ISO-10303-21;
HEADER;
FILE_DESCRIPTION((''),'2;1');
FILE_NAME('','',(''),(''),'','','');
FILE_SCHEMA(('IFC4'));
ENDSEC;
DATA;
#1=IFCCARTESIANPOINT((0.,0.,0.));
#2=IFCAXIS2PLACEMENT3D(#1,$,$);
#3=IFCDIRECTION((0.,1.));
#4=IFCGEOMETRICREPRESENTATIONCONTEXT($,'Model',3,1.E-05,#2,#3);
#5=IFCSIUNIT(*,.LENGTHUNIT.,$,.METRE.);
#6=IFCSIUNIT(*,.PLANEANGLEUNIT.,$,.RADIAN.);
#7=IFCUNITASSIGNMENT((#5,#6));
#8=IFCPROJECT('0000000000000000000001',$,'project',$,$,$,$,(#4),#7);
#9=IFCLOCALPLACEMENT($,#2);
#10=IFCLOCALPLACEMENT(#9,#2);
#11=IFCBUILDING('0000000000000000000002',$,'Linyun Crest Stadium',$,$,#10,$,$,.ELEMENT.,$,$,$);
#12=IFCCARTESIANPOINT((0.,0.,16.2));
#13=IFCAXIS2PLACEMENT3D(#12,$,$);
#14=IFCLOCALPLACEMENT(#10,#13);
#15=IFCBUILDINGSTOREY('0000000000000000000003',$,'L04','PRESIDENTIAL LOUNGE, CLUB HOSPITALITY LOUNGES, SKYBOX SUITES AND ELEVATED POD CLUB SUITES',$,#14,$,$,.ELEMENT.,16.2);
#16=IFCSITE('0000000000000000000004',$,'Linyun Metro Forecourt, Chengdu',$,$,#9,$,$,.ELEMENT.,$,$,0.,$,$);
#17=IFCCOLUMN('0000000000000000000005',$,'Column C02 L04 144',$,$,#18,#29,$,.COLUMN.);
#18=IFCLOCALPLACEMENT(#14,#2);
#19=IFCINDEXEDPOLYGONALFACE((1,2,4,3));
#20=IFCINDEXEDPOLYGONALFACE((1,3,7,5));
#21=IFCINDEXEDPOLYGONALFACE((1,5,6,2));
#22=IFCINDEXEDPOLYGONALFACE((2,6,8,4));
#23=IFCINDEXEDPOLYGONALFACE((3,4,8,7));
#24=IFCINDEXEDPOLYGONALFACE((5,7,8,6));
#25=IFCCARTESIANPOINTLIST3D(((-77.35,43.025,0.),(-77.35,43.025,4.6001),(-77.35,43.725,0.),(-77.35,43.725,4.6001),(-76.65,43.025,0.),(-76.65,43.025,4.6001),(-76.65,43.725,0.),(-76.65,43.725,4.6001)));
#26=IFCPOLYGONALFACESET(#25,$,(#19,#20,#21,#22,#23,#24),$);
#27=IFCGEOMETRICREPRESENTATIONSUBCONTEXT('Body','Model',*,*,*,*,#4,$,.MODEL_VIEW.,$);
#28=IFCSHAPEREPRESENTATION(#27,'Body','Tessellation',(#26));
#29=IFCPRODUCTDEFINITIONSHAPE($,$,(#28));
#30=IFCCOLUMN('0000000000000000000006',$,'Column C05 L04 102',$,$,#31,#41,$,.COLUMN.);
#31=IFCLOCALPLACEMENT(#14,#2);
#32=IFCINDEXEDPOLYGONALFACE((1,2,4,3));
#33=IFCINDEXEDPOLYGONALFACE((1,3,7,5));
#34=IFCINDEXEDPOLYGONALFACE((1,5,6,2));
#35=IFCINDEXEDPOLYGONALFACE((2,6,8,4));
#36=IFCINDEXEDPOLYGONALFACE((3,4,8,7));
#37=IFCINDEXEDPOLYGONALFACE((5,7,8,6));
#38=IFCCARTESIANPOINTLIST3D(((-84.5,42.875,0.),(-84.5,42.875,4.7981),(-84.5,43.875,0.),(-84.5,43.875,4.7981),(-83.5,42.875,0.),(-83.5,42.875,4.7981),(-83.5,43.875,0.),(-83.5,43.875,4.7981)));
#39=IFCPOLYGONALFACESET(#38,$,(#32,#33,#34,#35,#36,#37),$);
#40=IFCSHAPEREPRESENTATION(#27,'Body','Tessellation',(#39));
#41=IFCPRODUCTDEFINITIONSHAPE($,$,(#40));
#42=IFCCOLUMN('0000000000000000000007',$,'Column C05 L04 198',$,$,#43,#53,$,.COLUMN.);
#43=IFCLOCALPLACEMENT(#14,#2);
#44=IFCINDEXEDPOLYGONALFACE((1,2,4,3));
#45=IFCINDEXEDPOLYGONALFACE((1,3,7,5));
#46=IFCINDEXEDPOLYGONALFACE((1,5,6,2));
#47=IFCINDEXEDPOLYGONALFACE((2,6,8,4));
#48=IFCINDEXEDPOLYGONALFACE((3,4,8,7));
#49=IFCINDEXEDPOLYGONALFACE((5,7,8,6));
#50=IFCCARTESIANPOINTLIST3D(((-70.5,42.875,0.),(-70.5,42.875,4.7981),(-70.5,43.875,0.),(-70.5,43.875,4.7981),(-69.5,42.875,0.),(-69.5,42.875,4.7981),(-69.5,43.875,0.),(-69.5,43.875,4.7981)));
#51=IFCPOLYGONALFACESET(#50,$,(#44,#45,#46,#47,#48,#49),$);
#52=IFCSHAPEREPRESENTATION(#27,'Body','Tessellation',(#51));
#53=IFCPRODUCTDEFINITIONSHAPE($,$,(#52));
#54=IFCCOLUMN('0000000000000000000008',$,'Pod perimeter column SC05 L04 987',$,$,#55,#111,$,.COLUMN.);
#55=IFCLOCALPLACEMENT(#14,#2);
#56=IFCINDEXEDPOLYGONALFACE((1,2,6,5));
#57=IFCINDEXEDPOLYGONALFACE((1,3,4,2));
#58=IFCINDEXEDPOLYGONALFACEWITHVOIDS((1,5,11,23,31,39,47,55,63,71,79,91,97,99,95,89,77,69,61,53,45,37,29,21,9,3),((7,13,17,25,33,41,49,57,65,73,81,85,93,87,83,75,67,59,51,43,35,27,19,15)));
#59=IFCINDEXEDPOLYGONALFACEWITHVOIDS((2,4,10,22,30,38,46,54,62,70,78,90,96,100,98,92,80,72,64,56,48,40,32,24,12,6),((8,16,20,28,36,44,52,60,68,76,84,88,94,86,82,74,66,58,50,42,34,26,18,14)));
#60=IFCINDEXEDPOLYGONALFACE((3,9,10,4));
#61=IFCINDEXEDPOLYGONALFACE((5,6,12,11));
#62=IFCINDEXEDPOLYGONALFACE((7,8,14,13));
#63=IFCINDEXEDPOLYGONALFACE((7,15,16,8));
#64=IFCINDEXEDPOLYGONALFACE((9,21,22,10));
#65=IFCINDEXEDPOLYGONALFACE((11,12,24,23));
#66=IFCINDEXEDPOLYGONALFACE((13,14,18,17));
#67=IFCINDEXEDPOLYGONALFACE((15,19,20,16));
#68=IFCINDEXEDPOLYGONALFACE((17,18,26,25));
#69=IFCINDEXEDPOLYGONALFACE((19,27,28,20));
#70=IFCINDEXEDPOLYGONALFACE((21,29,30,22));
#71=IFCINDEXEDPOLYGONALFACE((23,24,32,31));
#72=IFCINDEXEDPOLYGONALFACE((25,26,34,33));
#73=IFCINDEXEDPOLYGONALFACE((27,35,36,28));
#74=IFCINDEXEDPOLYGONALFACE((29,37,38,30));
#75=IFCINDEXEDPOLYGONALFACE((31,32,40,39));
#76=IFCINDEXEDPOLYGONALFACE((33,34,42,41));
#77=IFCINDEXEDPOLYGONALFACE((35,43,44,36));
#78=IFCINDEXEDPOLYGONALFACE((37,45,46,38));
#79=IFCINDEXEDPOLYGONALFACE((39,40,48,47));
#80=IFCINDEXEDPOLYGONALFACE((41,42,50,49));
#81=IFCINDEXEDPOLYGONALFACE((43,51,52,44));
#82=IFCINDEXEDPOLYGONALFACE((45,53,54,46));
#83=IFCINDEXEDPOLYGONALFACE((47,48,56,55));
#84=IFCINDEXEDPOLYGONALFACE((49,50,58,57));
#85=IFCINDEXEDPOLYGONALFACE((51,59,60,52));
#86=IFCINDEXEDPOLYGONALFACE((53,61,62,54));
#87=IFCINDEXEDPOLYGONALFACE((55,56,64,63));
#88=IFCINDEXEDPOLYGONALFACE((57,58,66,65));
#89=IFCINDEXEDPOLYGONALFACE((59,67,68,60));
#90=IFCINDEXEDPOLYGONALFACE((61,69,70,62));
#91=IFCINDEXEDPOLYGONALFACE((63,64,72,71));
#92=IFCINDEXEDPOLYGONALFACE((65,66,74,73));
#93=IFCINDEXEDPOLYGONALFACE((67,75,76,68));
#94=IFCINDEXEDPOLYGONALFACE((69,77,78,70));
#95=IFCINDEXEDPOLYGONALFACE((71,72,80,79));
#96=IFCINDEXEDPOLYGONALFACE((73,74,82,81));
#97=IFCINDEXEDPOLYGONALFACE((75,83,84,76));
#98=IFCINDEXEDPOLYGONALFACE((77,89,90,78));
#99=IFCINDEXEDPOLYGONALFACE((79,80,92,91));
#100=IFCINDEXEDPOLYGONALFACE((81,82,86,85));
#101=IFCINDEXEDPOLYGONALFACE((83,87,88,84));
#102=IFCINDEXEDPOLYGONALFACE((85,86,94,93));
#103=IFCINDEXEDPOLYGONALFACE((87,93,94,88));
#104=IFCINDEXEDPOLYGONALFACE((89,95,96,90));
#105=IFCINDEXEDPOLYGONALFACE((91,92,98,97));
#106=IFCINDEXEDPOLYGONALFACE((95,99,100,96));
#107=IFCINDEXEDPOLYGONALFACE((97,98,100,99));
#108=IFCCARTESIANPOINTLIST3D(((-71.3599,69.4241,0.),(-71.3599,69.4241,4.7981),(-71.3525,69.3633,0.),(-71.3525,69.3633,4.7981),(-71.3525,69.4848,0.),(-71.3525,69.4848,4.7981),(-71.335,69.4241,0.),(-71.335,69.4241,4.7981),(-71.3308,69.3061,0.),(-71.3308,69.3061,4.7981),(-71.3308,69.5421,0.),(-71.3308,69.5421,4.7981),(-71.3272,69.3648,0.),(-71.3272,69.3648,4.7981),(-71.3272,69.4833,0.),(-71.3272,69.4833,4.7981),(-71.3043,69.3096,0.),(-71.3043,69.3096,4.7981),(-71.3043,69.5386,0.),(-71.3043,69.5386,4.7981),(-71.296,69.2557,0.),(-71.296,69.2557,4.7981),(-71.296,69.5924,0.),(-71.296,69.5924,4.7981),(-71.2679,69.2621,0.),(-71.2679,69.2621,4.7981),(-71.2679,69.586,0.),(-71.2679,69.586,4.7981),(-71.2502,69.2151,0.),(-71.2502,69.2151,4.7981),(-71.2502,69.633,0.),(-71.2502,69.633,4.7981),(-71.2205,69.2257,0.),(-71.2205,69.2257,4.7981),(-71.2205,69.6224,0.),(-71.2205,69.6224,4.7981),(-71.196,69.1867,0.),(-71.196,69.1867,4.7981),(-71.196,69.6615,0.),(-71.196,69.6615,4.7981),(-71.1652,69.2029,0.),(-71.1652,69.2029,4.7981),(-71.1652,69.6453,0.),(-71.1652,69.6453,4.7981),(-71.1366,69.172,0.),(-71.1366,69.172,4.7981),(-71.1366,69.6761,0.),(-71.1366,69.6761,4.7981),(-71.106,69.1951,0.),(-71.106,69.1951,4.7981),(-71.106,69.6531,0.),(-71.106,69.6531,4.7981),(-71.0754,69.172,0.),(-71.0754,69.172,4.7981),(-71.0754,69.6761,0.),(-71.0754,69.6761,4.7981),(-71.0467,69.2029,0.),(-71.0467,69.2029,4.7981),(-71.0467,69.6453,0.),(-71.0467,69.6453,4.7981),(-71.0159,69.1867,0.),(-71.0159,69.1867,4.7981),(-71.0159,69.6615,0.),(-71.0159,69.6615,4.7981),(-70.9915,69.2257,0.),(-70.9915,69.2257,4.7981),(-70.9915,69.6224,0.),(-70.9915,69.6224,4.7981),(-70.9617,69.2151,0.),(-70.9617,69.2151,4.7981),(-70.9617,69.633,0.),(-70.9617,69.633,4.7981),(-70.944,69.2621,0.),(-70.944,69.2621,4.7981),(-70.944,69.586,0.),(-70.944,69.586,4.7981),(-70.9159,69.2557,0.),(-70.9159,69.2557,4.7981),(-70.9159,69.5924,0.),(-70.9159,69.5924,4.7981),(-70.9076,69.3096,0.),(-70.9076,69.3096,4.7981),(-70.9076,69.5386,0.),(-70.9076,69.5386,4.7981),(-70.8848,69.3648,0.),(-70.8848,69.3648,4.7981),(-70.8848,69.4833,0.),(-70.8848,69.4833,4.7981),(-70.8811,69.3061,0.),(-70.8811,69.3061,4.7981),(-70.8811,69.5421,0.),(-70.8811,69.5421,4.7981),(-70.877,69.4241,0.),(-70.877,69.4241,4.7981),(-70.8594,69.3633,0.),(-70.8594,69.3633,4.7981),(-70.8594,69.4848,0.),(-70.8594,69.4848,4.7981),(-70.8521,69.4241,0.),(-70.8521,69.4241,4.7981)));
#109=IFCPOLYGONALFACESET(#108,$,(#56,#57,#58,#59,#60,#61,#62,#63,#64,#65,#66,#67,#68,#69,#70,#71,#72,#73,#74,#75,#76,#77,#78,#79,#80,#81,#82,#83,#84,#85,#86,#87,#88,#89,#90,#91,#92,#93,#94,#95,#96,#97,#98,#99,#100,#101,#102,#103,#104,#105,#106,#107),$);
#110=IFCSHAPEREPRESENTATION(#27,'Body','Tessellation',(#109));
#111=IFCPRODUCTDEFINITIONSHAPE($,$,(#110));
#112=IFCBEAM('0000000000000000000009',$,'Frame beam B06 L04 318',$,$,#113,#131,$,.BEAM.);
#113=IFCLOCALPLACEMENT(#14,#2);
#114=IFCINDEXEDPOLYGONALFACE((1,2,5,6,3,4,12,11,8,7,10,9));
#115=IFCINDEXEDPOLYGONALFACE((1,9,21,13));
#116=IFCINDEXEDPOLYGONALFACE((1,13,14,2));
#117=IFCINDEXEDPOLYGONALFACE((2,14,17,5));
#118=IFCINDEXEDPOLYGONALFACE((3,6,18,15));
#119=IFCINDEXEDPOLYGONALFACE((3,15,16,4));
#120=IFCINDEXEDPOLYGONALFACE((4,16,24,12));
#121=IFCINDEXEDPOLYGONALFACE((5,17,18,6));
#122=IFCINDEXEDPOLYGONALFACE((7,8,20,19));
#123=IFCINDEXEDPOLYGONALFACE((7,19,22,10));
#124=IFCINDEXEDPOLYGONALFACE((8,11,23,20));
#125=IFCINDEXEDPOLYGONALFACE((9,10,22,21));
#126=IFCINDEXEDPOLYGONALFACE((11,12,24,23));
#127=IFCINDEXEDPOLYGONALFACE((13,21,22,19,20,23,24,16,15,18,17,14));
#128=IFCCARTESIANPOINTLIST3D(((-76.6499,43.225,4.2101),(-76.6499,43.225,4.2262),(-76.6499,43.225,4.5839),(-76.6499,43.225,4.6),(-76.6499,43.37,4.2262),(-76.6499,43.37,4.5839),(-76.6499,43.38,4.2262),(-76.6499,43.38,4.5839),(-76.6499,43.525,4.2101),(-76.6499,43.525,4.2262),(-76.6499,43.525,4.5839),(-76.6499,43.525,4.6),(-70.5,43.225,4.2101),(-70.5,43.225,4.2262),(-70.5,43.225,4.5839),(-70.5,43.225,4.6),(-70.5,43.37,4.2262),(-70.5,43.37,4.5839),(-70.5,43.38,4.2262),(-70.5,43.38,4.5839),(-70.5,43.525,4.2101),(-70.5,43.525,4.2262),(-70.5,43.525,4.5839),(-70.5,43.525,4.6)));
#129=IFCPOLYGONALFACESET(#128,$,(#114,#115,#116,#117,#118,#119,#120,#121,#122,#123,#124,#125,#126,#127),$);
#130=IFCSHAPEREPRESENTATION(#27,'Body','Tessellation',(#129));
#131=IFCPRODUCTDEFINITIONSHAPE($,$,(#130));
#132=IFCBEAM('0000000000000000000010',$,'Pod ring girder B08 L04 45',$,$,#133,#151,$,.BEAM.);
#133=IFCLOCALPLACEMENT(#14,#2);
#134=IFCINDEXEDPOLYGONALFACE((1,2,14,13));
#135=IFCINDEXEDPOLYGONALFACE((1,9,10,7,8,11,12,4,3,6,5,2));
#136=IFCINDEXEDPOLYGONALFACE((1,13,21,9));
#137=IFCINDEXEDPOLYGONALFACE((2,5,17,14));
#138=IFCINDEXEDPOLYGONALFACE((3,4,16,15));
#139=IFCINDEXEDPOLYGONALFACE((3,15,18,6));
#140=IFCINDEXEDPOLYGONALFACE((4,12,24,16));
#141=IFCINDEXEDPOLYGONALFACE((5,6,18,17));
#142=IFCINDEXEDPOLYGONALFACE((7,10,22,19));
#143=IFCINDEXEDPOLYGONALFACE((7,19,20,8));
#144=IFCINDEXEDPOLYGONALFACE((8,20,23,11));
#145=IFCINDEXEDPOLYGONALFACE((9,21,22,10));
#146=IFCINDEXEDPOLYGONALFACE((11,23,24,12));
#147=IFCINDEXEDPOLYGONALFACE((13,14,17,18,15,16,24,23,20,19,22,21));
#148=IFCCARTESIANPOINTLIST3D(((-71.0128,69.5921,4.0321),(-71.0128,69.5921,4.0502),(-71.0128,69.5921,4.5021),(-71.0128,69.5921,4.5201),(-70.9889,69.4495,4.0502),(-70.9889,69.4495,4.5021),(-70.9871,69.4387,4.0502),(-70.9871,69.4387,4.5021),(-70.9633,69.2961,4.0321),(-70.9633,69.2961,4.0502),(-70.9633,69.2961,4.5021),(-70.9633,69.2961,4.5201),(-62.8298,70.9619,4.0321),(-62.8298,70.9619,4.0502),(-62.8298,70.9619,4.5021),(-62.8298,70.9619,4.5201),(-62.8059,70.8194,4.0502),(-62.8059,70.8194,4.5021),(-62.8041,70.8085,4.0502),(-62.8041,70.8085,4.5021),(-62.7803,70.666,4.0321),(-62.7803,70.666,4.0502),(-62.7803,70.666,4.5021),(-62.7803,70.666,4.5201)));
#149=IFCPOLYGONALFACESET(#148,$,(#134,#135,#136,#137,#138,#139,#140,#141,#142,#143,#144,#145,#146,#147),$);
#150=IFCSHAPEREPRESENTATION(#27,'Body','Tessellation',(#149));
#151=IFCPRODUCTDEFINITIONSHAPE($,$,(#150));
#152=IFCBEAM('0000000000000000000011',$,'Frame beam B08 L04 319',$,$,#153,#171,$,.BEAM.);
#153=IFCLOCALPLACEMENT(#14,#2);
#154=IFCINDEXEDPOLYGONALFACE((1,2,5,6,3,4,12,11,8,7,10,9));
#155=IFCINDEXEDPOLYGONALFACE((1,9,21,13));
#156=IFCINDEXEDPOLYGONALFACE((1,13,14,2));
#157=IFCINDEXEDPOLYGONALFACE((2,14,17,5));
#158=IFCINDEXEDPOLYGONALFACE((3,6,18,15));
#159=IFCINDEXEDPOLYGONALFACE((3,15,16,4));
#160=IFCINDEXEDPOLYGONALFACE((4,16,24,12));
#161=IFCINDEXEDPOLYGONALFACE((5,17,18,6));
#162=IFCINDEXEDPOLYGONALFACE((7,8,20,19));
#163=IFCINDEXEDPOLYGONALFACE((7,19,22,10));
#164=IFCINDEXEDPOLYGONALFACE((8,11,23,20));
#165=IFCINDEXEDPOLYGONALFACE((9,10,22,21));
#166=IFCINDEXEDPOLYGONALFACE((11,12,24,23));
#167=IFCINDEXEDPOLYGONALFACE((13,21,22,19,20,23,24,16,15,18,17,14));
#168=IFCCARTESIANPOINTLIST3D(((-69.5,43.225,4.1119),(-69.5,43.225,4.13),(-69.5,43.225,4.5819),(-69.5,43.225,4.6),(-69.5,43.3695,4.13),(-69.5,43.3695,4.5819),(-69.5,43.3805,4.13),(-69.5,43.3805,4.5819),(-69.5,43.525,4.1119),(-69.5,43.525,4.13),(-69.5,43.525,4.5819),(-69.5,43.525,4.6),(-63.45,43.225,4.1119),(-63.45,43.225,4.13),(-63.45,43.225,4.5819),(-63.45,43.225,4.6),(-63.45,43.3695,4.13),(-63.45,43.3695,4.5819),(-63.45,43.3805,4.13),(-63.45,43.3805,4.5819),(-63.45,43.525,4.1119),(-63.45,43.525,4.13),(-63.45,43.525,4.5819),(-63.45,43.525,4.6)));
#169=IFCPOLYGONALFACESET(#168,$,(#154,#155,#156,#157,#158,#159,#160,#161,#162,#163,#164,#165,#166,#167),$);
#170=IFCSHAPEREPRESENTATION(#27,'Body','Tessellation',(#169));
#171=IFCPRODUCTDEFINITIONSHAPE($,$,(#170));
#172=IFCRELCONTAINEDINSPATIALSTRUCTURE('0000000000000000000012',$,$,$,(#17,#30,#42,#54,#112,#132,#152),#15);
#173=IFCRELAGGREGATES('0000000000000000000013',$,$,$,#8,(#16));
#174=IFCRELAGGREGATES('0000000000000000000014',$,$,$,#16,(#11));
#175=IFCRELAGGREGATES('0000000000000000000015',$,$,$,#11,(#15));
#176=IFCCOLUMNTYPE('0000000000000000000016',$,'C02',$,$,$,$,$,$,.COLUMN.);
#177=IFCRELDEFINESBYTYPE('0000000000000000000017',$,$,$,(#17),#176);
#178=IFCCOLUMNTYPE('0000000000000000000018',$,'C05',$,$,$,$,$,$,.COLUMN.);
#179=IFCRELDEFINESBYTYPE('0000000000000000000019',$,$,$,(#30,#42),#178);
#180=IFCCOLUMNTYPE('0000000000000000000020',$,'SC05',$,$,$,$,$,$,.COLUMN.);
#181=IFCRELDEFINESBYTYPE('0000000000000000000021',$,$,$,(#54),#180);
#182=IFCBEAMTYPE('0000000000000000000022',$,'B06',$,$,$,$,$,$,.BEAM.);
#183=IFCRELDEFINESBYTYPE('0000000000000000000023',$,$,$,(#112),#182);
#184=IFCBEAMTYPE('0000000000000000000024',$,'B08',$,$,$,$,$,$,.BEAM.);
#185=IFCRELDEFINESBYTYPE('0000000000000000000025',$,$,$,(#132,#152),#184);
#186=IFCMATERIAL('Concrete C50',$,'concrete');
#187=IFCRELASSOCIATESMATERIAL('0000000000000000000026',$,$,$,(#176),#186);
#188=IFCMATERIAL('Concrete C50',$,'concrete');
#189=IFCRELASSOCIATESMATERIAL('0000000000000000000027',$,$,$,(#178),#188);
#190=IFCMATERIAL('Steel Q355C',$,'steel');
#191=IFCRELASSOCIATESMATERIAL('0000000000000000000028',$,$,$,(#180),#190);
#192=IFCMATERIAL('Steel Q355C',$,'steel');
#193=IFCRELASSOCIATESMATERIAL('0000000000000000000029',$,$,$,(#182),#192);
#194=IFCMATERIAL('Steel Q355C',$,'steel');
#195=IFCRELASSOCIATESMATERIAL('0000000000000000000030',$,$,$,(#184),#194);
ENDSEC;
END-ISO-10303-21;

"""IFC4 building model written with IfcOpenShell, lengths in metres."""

from ifc_helpers import new_model, si_unit, direction, frame, origin, origin_2d, place, context, subcontext, project, spatial, rectangle, hollow_circle, i_section, extrude, material, material_profile, profile_set, type_object, element, save


model = new_model("IFC4")

# Units and contexts
model_context = context("Model", 3, precision=1e-05, world=origin(), true_north=direction((0.0, 1.0)))
body_context = subcontext(model_context, "Body", "Model", "MODEL_VIEW")
ifc_project = project(units=[si_unit("LENGTHUNIT", "METRE"), si_unit("PLANEANGLEUNIT", "RADIAN")], contexts=[model_context])

# Site, building, storey
site_placement = place(None, origin())
site = spatial("IfcSite", under=ifc_project, at=site_placement, Name="Linyun Metro Forecourt, Chengdu", CompositionType="ELEMENT", RefElevation=0.0)
building_placement = place(site_placement, origin())
building = spatial("IfcBuilding", under=site, at=building_placement, Name="Linyun Crest Stadium", CompositionType="ELEMENT")
storey_placement = place(building_placement, frame((0.0, 0.0, 16.2)))
storey = spatial("IfcBuildingStorey", under=building, at=storey_placement, Name="L04", Description="PRESIDENTIAL LOUNGE, CLUB HOSPITALITY LOUNGES, SKYBOX SUITES AND ELEVATED POD CLUB SUITES", CompositionType="ELEMENT", Elevation=16.2)

# Columns
ifc_material_1 = material(Name="Concrete C50", Category="concrete")
ifc_material_profile_1 = material_profile(ifc_material_1, rectangle(XDim=0.7, YDim=0.7, at=origin_2d()), Name="RC 700x700")
ifc_profile_set_1 = profile_set([ifc_material_profile_1], Name="Concrete C50")
column_type_1 = type_object("IfcColumnType", Name="C02", PredefinedType="COLUMN", material=ifc_profile_set_1)
column_1_placement = place(storey_placement, frame((-77.0, 43.375, 0.0), z_axis=(0.0, 0.0, 1.0), x_axis=(1.0, 0.0, 0.0)))
element("IfcColumn", 1, at=column_1_placement, inside=storey, type_object=column_type_1, Name="Column C02 L04 144", PredefinedType="COLUMN", context=body_context, shape_type="SweptSolid", body=[
    extrude(rectangle(XDim=0.7, YDim=0.7, at=origin_2d()), origin(), (0.0, 0.0, 1.0), 4.6001),
])
ifc_material_2 = material(Name="Concrete C50", Category="concrete")
ifc_material_profile_2 = material_profile(ifc_material_2, rectangle(XDim=1.0, YDim=1.0, at=origin_2d()), Name="RC 1000x1000")
ifc_profile_set_2 = profile_set([ifc_material_profile_2], Name="Concrete C50")
column_type_2 = type_object("IfcColumnType", Name="C05", PredefinedType="COLUMN", material=ifc_profile_set_2)
for number, where, z_axis, x_axis, name in (
    (2, (-84.0, 43.375, 0.0), (0.0, 0.0, 1.0), (1.0, 0.0, 0.0), "Column C05 L04 102"),
    (3, (-70.0, 43.375, 0.0), (0.0, 0.0, 1.0), (1.0, 0.0, 0.0), "Column C05 L04 198"),
):
    element("IfcColumn", number, at=place(storey_placement, frame(where, z_axis=z_axis, x_axis=x_axis)), inside=storey, type_object=column_type_2, Name=name, PredefinedType="COLUMN", context=body_context, shape_type="SweptSolid", body=[
        extrude(rectangle(XDim=1.0, YDim=1.0, at=origin_2d()), origin(), (0.0, 0.0, 1.0), 4.7981),
    ])
ifc_material_3 = material(Name="Steel Q355C", Category="steel")
ifc_material_profile_3 = material_profile(ifc_material_3, hollow_circle(Radius=0.2539, WallThickness=0.0249, at=origin_2d()), Name="CHS 508x25")
ifc_profile_set_3 = profile_set([ifc_material_profile_3], Name="Steel Q355C")
column_type_3 = type_object("IfcColumnType", Name="SC05", PredefinedType="COLUMN", material=ifc_profile_set_3)
column_2_placement = place(storey_placement, frame((-71.106, 69.4241, 0.0), z_axis=(0.0, 0.0, 1.0), x_axis=(1.0, 0.0, 0.0)))
element("IfcColumn", 4, at=column_2_placement, inside=storey, type_object=column_type_3, Name="Pod perimeter column SC05 L04 987", PredefinedType="COLUMN", context=body_context, shape_type="SweptSolid", body=[
    extrude(hollow_circle(Radius=0.2539, WallThickness=0.0249, at=origin_2d()), origin(), (0.0, 0.0, 1.0), 4.7981),
])

# Beams
ifc_material_4 = material(Name="Steel Q355C", Category="steel")
ifc_material_profile_4 = material_profile(ifc_material_4, i_section(OverallWidth=0.3, OverallDepth=0.3899, WebThickness=0.01, FlangeThickness=0.0161, at=origin_2d()), Name="HM 390x300")
ifc_profile_set_4 = profile_set([ifc_material_profile_4], Name="Steel Q355C")
beam_type_1 = type_object("IfcBeamType", Name="B06", PredefinedType="BEAM", material=ifc_profile_set_4)
beam_1_placement = place(storey_placement, frame((-76.6499, 43.375, 4.405), z_axis=(1.0, 0.0, 0.0), x_axis=(0.0, 1.0, 0.0)))
element("IfcBeam", 5, at=beam_1_placement, inside=storey, type_object=beam_type_1, Name="Frame beam B06 L04 318", PredefinedType="BEAM", context=body_context, shape_type="SweptSolid", body=[
    extrude(i_section(OverallWidth=0.3, OverallDepth=0.3899, WebThickness=0.01, FlangeThickness=0.0161, at=origin_2d()), origin(), (0.0, 0.0, 1.0), 6.1499),
])
ifc_material_5 = material(Name="Steel Q355C", Category="steel")
ifc_material_profile_5 = material_profile(ifc_material_5, i_section(OverallWidth=0.3, OverallDepth=0.488, WebThickness=0.011, FlangeThickness=0.0181, at=origin_2d()), Name="HM 488x300")
ifc_profile_set_5 = profile_set([ifc_material_profile_5], Name="Steel Q355C")
beam_type_2 = type_object("IfcBeamType", Name="B08", PredefinedType="BEAM", material=ifc_profile_set_5)
beam_2_placement = place(storey_placement, frame((-70.988, 69.4441, 4.2761), z_axis=(0.986276, 0.165105, 0.0), x_axis=(-0.165105, 0.986276, 0.0)))
element("IfcBeam", 6, at=beam_2_placement, inside=storey, type_object=beam_type_2, Name="Pod ring girder B08 L04 45", PredefinedType="BEAM", context=body_context, shape_type="SweptSolid", body=[
    extrude(i_section(OverallWidth=0.3, OverallDepth=0.488, WebThickness=0.011, FlangeThickness=0.0181, at=origin_2d()), origin(), (0.0, 0.0, 1.0), 8.2969),
])
beam_3_placement = place(storey_placement, frame((-69.5, 43.375, 4.356), z_axis=(1.0, 0.0, 0.0), x_axis=(0.0, 1.0, 0.0)))
element("IfcBeam", 7, at=beam_3_placement, inside=storey, type_object=beam_type_2, Name="Frame beam B08 L04 319", PredefinedType="BEAM", context=body_context, shape_type="SweptSolid", body=[
    extrude(i_section(OverallWidth=0.3, OverallDepth=0.488, WebThickness=0.011, FlangeThickness=0.0181, at=origin_2d()), origin(), (0.0, 0.0, 1.0), 6.05),
])

save(model, "model.ifc")
